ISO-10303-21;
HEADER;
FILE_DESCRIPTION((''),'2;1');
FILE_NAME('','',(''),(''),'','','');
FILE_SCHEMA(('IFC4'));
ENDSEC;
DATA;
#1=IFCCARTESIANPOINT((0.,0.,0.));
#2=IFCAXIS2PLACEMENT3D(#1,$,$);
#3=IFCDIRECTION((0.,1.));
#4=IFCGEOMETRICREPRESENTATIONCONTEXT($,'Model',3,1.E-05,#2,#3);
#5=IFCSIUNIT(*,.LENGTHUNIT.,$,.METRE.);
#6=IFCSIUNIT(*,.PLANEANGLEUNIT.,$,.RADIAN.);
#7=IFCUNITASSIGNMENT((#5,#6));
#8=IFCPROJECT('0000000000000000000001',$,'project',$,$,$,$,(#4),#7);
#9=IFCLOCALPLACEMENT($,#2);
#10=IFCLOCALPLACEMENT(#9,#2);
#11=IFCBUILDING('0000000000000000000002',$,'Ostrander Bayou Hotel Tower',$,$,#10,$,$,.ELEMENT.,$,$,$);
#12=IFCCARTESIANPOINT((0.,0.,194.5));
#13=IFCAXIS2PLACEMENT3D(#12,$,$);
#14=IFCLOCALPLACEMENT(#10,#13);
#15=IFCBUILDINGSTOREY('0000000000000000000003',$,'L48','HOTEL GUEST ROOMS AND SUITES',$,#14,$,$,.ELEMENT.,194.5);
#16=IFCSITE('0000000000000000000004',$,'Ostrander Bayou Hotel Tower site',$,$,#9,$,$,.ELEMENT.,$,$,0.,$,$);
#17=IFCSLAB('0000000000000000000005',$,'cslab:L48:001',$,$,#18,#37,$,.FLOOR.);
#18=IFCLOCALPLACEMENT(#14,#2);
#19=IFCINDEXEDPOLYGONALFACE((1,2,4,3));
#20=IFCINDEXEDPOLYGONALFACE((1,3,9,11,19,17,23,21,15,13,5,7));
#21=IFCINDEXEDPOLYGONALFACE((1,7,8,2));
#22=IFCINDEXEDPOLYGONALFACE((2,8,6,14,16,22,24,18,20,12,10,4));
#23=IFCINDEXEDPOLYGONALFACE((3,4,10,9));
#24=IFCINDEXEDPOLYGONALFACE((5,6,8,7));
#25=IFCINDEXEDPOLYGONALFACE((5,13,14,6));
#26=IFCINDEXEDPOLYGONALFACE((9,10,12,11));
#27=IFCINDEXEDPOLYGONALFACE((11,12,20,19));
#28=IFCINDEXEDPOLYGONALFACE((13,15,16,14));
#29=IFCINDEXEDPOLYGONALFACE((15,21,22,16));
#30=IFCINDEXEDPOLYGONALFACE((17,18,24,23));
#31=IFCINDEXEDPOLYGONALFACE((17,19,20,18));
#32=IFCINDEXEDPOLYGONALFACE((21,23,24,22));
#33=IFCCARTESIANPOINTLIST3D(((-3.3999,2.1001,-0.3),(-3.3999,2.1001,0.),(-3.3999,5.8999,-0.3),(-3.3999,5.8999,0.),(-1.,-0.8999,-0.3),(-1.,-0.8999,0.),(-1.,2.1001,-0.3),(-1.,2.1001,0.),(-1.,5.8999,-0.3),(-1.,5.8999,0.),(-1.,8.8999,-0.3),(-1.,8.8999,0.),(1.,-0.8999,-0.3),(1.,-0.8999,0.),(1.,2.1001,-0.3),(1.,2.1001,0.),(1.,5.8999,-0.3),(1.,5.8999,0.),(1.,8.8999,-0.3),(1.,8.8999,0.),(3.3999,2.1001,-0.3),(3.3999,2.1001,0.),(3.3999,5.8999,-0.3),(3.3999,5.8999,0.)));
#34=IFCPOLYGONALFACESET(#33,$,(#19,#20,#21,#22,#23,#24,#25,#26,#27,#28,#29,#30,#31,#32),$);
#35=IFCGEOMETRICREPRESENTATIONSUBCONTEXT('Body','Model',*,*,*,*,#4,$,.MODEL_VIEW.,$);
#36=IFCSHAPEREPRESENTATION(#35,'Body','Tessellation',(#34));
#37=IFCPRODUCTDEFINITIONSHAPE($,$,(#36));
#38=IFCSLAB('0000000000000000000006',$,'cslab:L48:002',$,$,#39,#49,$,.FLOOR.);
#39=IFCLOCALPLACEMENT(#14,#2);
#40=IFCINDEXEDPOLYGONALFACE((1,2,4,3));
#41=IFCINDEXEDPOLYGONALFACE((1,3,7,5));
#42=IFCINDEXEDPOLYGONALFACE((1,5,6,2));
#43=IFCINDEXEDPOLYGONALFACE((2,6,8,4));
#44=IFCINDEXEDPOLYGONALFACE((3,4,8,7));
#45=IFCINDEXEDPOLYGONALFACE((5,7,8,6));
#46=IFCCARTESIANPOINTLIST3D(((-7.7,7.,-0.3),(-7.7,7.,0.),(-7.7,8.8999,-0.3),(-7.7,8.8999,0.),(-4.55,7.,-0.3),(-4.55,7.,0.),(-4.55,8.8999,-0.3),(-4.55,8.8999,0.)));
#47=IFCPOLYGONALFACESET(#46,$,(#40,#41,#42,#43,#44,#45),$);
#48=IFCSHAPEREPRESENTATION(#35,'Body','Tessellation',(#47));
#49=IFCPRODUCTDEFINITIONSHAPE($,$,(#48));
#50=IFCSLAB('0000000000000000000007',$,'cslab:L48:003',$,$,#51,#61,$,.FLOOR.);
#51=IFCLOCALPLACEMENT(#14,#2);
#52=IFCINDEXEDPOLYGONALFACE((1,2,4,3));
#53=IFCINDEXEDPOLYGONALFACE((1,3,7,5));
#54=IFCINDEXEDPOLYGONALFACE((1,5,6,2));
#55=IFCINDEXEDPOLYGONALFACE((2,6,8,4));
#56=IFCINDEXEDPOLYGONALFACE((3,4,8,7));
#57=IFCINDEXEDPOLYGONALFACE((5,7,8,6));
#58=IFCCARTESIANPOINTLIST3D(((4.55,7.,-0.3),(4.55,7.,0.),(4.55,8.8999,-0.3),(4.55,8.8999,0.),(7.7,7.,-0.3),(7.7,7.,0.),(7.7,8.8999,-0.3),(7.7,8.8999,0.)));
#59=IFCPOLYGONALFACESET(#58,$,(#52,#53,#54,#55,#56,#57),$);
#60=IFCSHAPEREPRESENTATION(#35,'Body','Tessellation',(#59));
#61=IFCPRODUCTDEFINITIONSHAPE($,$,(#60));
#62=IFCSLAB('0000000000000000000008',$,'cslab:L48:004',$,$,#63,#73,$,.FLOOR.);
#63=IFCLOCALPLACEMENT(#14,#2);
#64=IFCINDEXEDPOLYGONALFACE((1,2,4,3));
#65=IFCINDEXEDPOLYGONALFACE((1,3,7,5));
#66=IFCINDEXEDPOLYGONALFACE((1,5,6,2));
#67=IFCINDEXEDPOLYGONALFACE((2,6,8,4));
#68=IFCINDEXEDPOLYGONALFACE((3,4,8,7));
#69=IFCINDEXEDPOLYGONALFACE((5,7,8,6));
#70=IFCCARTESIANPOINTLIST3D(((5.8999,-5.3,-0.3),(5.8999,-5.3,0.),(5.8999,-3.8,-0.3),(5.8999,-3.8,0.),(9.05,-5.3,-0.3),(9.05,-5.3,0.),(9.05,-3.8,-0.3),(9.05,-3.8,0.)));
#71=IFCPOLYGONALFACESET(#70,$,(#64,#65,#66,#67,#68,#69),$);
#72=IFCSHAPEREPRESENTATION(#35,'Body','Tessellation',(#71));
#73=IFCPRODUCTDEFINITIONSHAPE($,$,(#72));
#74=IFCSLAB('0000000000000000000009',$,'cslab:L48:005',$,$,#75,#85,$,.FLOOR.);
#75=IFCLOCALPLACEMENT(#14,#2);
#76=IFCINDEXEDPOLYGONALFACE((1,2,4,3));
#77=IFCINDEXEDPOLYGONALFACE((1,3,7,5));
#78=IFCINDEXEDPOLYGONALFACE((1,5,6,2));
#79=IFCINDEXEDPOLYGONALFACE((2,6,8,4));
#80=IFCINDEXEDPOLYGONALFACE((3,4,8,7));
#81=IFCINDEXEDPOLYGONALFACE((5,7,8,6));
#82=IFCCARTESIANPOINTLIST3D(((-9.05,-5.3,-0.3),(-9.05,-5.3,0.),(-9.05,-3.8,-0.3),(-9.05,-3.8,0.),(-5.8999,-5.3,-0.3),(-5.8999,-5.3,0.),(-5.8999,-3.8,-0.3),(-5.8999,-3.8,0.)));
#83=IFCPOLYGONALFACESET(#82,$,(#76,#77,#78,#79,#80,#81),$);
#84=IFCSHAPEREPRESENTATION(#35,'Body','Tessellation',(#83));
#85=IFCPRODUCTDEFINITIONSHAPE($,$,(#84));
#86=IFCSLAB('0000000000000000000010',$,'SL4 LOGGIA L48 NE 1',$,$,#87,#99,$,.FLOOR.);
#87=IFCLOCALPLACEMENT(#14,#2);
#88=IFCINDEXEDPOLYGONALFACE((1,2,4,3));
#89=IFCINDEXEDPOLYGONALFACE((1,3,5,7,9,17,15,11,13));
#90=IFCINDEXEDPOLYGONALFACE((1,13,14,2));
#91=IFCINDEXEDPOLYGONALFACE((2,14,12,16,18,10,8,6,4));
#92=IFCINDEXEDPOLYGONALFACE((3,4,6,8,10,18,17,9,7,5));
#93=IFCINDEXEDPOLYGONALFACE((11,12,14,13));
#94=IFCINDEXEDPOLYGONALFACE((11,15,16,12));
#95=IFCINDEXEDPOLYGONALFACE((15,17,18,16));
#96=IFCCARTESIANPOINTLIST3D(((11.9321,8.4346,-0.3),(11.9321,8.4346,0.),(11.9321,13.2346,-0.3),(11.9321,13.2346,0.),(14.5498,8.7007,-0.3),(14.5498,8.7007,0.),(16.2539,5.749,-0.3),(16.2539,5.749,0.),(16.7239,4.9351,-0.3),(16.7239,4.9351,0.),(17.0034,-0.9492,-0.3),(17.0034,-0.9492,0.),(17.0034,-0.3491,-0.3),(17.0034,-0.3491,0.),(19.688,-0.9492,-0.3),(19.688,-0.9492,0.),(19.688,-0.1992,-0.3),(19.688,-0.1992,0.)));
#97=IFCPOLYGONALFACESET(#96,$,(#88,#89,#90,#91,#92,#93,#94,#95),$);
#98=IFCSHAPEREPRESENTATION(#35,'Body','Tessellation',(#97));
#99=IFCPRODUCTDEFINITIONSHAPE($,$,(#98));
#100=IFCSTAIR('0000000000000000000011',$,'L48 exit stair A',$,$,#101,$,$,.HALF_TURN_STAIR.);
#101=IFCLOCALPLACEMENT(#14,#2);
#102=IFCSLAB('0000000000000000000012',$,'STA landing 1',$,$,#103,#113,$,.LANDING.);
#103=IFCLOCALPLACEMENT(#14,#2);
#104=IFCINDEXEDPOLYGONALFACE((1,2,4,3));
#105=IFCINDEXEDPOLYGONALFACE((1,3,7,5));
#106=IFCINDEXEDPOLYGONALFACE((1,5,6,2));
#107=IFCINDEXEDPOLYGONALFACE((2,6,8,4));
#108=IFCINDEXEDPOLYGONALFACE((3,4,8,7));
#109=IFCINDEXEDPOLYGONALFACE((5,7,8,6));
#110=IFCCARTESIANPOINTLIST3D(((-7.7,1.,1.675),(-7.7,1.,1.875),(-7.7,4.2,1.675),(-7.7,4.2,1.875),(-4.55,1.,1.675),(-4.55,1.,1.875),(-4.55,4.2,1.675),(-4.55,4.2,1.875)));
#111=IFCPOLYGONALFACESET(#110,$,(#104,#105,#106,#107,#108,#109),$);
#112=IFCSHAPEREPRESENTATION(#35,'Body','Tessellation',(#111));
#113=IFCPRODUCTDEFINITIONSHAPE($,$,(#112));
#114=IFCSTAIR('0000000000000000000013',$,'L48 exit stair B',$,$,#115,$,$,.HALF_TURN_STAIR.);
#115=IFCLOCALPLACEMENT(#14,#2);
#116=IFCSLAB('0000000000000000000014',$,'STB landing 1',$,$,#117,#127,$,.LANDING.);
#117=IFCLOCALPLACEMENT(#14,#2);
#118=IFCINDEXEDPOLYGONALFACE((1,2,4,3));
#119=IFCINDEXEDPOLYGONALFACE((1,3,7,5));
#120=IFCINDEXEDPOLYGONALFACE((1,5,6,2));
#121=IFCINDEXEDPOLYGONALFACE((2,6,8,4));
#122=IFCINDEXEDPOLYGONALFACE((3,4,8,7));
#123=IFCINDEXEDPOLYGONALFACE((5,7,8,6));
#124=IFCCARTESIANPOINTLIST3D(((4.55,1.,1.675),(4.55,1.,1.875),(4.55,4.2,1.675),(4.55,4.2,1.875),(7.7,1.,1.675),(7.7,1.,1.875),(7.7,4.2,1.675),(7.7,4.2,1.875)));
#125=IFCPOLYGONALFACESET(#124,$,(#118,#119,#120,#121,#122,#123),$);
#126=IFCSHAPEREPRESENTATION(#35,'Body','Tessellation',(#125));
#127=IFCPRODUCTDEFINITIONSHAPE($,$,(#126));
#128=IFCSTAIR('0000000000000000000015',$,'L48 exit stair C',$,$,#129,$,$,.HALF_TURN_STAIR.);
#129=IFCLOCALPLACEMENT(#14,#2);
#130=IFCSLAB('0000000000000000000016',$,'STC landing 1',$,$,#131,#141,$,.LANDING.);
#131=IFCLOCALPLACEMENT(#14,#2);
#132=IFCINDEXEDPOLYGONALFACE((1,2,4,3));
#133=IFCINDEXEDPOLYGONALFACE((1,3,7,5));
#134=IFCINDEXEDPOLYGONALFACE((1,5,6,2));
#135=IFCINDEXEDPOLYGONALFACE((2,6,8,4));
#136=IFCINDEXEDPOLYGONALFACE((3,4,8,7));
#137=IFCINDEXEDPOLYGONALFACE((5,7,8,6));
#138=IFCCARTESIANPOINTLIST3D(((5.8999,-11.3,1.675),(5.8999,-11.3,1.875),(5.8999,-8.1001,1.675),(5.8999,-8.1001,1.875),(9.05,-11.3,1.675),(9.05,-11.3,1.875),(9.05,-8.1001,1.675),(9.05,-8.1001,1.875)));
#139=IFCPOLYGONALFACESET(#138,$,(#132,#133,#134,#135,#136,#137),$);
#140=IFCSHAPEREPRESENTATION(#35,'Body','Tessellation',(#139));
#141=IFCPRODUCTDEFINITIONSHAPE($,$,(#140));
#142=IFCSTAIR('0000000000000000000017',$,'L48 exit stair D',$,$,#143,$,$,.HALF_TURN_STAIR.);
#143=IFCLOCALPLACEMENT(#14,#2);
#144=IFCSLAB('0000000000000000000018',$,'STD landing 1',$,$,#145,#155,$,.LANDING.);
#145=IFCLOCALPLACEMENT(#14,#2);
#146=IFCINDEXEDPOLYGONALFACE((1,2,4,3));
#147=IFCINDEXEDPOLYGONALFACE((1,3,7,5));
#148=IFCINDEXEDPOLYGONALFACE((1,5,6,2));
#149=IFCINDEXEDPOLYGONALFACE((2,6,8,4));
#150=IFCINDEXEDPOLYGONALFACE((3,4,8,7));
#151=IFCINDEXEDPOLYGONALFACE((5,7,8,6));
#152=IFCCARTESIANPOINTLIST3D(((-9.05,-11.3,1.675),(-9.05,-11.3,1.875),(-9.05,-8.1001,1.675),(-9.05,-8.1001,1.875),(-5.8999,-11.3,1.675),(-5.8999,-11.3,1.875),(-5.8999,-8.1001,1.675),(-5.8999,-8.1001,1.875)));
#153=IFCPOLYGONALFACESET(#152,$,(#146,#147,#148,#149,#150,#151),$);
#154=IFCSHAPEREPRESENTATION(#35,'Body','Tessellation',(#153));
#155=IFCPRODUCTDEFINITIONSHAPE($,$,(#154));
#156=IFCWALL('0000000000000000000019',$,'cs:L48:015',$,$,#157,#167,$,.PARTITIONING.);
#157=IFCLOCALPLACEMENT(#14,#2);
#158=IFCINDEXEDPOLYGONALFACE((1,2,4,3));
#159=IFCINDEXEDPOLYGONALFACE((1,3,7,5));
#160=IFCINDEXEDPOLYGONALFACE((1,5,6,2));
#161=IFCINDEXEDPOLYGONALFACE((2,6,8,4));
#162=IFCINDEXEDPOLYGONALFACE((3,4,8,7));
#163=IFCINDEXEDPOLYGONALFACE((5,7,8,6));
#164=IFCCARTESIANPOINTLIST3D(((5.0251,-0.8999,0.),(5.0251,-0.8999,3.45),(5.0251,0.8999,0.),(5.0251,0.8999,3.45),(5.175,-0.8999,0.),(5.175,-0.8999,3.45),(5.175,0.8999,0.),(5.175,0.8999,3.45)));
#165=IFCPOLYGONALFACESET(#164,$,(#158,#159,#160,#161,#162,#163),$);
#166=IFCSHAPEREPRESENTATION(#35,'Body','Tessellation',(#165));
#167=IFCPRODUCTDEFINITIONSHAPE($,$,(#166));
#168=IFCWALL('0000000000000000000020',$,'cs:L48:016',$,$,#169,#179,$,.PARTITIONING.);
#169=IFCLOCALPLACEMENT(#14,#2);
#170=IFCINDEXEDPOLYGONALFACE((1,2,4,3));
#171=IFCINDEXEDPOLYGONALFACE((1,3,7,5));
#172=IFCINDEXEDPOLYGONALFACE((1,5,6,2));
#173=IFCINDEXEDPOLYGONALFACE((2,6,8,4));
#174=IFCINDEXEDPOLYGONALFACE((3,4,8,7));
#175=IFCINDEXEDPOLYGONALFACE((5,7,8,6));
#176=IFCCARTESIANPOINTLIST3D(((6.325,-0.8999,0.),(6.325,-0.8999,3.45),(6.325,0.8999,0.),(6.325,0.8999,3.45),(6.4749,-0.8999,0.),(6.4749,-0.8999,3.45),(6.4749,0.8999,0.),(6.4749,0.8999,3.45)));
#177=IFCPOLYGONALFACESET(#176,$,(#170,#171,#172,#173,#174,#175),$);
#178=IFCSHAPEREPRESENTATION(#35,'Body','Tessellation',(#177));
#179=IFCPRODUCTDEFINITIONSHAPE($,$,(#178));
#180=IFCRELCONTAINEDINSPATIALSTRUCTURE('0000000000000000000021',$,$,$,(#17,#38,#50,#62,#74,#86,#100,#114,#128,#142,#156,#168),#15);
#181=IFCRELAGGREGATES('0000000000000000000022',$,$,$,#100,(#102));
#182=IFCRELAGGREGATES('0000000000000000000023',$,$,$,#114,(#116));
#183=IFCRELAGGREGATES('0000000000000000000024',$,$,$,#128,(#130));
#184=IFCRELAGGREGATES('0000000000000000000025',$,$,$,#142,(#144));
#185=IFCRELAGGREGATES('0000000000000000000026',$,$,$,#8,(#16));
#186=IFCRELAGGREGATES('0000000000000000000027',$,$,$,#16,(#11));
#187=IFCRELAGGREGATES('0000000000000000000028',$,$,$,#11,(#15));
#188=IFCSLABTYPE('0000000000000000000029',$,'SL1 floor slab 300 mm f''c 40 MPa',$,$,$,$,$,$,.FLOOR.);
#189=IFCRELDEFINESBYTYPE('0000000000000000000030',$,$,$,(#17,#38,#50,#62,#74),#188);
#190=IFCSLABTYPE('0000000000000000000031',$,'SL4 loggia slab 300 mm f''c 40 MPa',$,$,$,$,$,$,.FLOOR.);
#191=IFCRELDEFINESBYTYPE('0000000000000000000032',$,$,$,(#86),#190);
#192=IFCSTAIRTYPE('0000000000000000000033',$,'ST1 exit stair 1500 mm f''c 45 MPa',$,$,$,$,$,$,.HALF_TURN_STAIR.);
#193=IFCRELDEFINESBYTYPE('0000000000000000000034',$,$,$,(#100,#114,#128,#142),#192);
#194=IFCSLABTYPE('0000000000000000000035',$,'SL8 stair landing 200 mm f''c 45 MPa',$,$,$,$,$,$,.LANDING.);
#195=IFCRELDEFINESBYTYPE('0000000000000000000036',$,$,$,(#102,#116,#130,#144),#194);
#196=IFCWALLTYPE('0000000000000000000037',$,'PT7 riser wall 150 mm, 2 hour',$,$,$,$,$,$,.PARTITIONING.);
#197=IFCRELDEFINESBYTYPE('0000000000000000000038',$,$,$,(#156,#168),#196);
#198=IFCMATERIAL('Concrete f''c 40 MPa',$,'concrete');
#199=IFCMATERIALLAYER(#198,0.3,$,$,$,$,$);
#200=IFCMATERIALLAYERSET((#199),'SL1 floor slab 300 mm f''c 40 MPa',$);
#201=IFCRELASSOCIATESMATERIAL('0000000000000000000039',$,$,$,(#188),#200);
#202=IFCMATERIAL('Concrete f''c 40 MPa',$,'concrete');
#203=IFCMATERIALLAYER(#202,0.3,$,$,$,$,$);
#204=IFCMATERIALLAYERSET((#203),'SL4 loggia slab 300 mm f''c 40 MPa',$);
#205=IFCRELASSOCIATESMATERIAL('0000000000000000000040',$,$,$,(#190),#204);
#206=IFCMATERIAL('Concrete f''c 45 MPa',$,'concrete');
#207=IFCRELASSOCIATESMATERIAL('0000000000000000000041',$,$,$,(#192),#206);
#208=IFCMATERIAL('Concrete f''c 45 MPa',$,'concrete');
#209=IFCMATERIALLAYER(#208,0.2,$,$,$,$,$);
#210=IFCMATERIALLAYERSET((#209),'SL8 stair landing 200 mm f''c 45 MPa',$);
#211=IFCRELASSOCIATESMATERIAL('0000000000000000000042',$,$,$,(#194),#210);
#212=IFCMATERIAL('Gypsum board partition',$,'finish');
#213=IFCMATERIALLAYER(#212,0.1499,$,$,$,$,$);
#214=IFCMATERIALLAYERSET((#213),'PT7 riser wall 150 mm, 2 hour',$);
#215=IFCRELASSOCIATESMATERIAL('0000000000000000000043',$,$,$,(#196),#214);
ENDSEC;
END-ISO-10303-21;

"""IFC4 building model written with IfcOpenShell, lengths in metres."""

from ifc_helpers import new_model, si_unit, direction, frame, frame_2d, origin, place, context, subcontext, project, spatial, polyline, rectangle, outline, extrude, material, layer, layer_set, type_object, element, aggregate, save


model = new_model("IFC4")

# Units and contexts
model_context = context("Model", 3, precision=1e-05, world=origin(), true_north=direction((0.0, 1.0)))
body_context = subcontext(model_context, "Body", "Model", "MODEL_VIEW")
ifc_project = project(units=[si_unit("LENGTHUNIT", "METRE"), si_unit("PLANEANGLEUNIT", "RADIAN")], contexts=[model_context])

# Site, building, storey
site_placement = place(None, origin())
site = spatial("IfcSite", under=ifc_project, at=site_placement, Name="Ostrander Bayou Hotel Tower site", CompositionType="ELEMENT", RefElevation=0.0)
building_placement = place(site_placement, origin())
building = spatial("IfcBuilding", under=site, at=building_placement, Name="Ostrander Bayou Hotel Tower", CompositionType="ELEMENT")
storey_placement = place(building_placement, frame((0.0, 0.0, 194.5)))
storey = spatial("IfcBuildingStorey", under=building, at=storey_placement, Name="L48", Description="HOTEL GUEST ROOMS AND SUITES", CompositionType="ELEMENT", Elevation=194.5)

# Slabs
ifc_material_1 = material(Name="Concrete f'c 40 MPa", Category="concrete")
ifc_layer_1 = layer(ifc_material_1, 0.3)
ifc_layer_set_1 = layer_set([ifc_layer_1], Name="SL1 floor slab 300 mm f'c 40 MPa")
slab_type_1 = type_object("IfcSlabType", Name="SL1 floor slab 300 mm f'c 40 MPa", PredefinedType="FLOOR", material=ifc_layer_set_1)
slab_1_placement = place(storey_placement, frame((0.0, 0.0, -0.3)))
element("IfcSlab", 1, at=slab_1_placement, inside=storey, type_object=slab_type_1, Name="cslab:L48:001", PredefinedType="FLOOR", context=body_context, shape_type="SweptSolid", body=[
    extrude(outline(polyline([(-3.3999, 5.8999), (-1.0, 5.8999), (-1.0, 8.8999), (1.0, 8.8999), (1.0, 5.8999), (3.3999, 5.8999), (3.3999, 2.1001), (1.0, 2.1001), (1.0, -0.8999), (-1.0, -0.8999), (-1.0, 2.1001), (-3.3999, 2.1001), (-3.3999, 5.8999)])), origin(), (0.0, 0.0, 1.0), 0.3),
])
slab_2_placement = place(storey_placement, frame((0.0, 0.0, -0.3)))
element("IfcSlab", 2, at=slab_2_placement, inside=storey, type_object=slab_type_1, Name="cslab:L48:002", PredefinedType="FLOOR", context=body_context, shape_type="SweptSolid", body=[
    extrude(outline(polyline([(-4.55, 7.0), (-4.55, 8.8999), (-7.7, 8.8999), (-7.7, 7.0), (-4.55, 7.0)])), origin(), (0.0, 0.0, 1.0), 0.3),
])
slab_3_placement = place(storey_placement, frame((0.0, 0.0, -0.3)))
element("IfcSlab", 3, at=slab_3_placement, inside=storey, type_object=slab_type_1, Name="cslab:L48:003", PredefinedType="FLOOR", context=body_context, shape_type="SweptSolid", body=[
    extrude(outline(polyline([(7.7, 7.0), (7.7, 8.8999), (4.55, 8.8999), (4.55, 7.0), (7.7, 7.0)])), origin(), (0.0, 0.0, 1.0), 0.3),
])
slab_4_placement = place(storey_placement, frame((0.0, 0.0, -0.3)))
element("IfcSlab", 4, at=slab_4_placement, inside=storey, type_object=slab_type_1, Name="cslab:L48:004", PredefinedType="FLOOR", context=body_context, shape_type="SweptSolid", body=[
    extrude(outline(polyline([(9.05, -5.3), (9.05, -3.8), (5.8999, -3.8), (5.8999, -5.3), (9.05, -5.3)])), origin(), (0.0, 0.0, 1.0), 0.3),
])
slab_5_placement = place(storey_placement, frame((0.0, 0.0, -0.3)))
element("IfcSlab", 5, at=slab_5_placement, inside=storey, type_object=slab_type_1, Name="cslab:L48:005", PredefinedType="FLOOR", context=body_context, shape_type="SweptSolid", body=[
    extrude(outline(polyline([(-5.8999, -5.3), (-5.8999, -3.8), (-9.05, -3.8), (-9.05, -5.3), (-5.8999, -5.3)])), origin(), (0.0, 0.0, 1.0), 0.3),
])
ifc_material_2 = material(Name="Concrete f'c 40 MPa", Category="concrete")
ifc_layer_2 = layer(ifc_material_2, 0.3)
ifc_layer_set_2 = layer_set([ifc_layer_2], Name="SL4 loggia slab 300 mm f'c 40 MPa")
slab_type_2 = type_object("IfcSlabType", Name="SL4 loggia slab 300 mm f'c 40 MPa", PredefinedType="FLOOR", material=ifc_layer_set_2)
slab_6_placement = place(storey_placement, frame((0.0, 0.0, -0.3)))
element("IfcSlab", 6, at=slab_6_placement, inside=storey, type_object=slab_type_2, Name="SL4 LOGGIA L48 NE 1", PredefinedType="FLOOR", context=body_context, shape_type="SweptSolid", body=[
    extrude(outline(polyline([(11.9321, 13.2346), (14.5498, 8.7007), (16.2539, 5.749), (16.7239, 4.9351), (19.688, -0.1992), (19.688, -0.9492), (17.0034, -0.9492), (17.0034, -0.3491), (11.9321, 8.4346), (11.9321, 13.2346)])), origin(), (0.0, 0.0, 1.0), 0.3),
])

# Stairs, slabs
ifc_material_3 = material(Name="Concrete f'c 45 MPa", Category="concrete")
stair_type = type_object("IfcStairType", Name="ST1 exit stair 1500 mm f'c 45 MPa", PredefinedType="HALF_TURN_STAIR", material=ifc_material_3)
stair_1_placement = place(storey_placement, origin())
stair_1 = element("IfcStair", 7, at=stair_1_placement, inside=storey, type_object=stair_type, Name="L48 exit stair A", PredefinedType="HALF_TURN_STAIR")
ifc_material_4 = material(Name="Concrete f'c 45 MPa", Category="concrete")
ifc_layer_3 = layer(ifc_material_4, 0.2)
ifc_layer_set_3 = layer_set([ifc_layer_3], Name="SL8 stair landing 200 mm f'c 45 MPa")
slab_type_3 = type_object("IfcSlabType", Name="SL8 stair landing 200 mm f'c 45 MPa", PredefinedType="LANDING", material=ifc_layer_set_3)
slab_7_placement = place(storey_placement, frame((0.0, 0.0, 1.675)))
slab_7 = element("IfcSlab", 8, at=slab_7_placement, type_object=slab_type_3, Name="STA landing 1", PredefinedType="LANDING", context=body_context, shape_type="SweptSolid", body=[
    extrude(outline(polyline([(-7.7, 4.2), (-7.7, 1.0), (-4.55, 1.0), (-4.55, 4.2), (-7.7, 4.2)])), origin(), (0.0, 0.0, 1.0), 0.2),
])
aggregate(stair_1, [slab_7])
stair_2_placement = place(storey_placement, origin())
stair_2 = element("IfcStair", 9, at=stair_2_placement, inside=storey, type_object=stair_type, Name="L48 exit stair B", PredefinedType="HALF_TURN_STAIR")
slab_8_placement = place(storey_placement, frame((0.0, 0.0, 1.675)))
slab_8 = element("IfcSlab", 10, at=slab_8_placement, type_object=slab_type_3, Name="STB landing 1", PredefinedType="LANDING", context=body_context, shape_type="SweptSolid", body=[
    extrude(outline(polyline([(4.55, 4.2), (4.55, 1.0), (7.7, 1.0), (7.7, 4.2), (4.55, 4.2)])), origin(), (0.0, 0.0, 1.0), 0.2),
])
aggregate(stair_2, [slab_8])
stair_3_placement = place(storey_placement, origin())
stair_3 = element("IfcStair", 11, at=stair_3_placement, inside=storey, type_object=stair_type, Name="L48 exit stair C", PredefinedType="HALF_TURN_STAIR")
slab_9_placement = place(storey_placement, frame((0.0, 0.0, 1.675)))
slab_9 = element("IfcSlab", 12, at=slab_9_placement, type_object=slab_type_3, Name="STC landing 1", PredefinedType="LANDING", context=body_context, shape_type="SweptSolid", body=[
    extrude(outline(polyline([(5.8999, -8.1001), (5.8999, -11.3), (9.05, -11.3), (9.05, -8.1001), (5.8999, -8.1001)])), origin(), (0.0, 0.0, 1.0), 0.2),
])
aggregate(stair_3, [slab_9])
stair_4_placement = place(storey_placement, origin())
stair_4 = element("IfcStair", 13, at=stair_4_placement, inside=storey, type_object=stair_type, Name="L48 exit stair D", PredefinedType="HALF_TURN_STAIR")
slab_10_placement = place(storey_placement, frame((0.0, 0.0, 1.675)))
slab_10 = element("IfcSlab", 14, at=slab_10_placement, type_object=slab_type_3, Name="STD landing 1", PredefinedType="LANDING", context=body_context, shape_type="SweptSolid", body=[
    extrude(outline(polyline([(-9.05, -8.1001), (-9.05, -11.3), (-5.8999, -11.3), (-5.8999, -8.1001), (-9.05, -8.1001)])), origin(), (0.0, 0.0, 1.0), 0.2),
])
aggregate(stair_4, [slab_10])

# Walls
ifc_material_5 = material(Name="Gypsum board partition", Category="finish")
ifc_layer_4 = layer(ifc_material_5, 0.1499)
ifc_layer_set_4 = layer_set([ifc_layer_4], Name="PT7 riser wall 150 mm, 2 hour")
wall_type_1 = type_object("IfcWallType", Name="PT7 riser wall 150 mm, 2 hour", PredefinedType="PARTITIONING", material=ifc_layer_set_4)
for number, where, z_axis, x_axis, name in (
    (15, (5.1001, -0.8999, 0.0), (0.0, 0.0, 1.0), (0.0, 1.0, 0.0), "cs:L48:015"),
    (16, (6.3999, -0.8999, 0.0), (0.0, 0.0, 1.0), (0.0, 1.0, 0.0), "cs:L48:016"),
):
    element("IfcWall", number, at=place(storey_placement, frame(where, z_axis=z_axis, x_axis=x_axis)), inside=storey, type_object=wall_type_1, Name=name, PredefinedType="PARTITIONING", context=body_context, shape_type="SweptSolid", body=[
        extrude(rectangle(XDim=1.7998, YDim=0.1499, at=frame_2d((0.8999, 0.0))), origin(), (0.0, 0.0, 1.0), 3.45),
    ])

save(model, "model.ifc")
